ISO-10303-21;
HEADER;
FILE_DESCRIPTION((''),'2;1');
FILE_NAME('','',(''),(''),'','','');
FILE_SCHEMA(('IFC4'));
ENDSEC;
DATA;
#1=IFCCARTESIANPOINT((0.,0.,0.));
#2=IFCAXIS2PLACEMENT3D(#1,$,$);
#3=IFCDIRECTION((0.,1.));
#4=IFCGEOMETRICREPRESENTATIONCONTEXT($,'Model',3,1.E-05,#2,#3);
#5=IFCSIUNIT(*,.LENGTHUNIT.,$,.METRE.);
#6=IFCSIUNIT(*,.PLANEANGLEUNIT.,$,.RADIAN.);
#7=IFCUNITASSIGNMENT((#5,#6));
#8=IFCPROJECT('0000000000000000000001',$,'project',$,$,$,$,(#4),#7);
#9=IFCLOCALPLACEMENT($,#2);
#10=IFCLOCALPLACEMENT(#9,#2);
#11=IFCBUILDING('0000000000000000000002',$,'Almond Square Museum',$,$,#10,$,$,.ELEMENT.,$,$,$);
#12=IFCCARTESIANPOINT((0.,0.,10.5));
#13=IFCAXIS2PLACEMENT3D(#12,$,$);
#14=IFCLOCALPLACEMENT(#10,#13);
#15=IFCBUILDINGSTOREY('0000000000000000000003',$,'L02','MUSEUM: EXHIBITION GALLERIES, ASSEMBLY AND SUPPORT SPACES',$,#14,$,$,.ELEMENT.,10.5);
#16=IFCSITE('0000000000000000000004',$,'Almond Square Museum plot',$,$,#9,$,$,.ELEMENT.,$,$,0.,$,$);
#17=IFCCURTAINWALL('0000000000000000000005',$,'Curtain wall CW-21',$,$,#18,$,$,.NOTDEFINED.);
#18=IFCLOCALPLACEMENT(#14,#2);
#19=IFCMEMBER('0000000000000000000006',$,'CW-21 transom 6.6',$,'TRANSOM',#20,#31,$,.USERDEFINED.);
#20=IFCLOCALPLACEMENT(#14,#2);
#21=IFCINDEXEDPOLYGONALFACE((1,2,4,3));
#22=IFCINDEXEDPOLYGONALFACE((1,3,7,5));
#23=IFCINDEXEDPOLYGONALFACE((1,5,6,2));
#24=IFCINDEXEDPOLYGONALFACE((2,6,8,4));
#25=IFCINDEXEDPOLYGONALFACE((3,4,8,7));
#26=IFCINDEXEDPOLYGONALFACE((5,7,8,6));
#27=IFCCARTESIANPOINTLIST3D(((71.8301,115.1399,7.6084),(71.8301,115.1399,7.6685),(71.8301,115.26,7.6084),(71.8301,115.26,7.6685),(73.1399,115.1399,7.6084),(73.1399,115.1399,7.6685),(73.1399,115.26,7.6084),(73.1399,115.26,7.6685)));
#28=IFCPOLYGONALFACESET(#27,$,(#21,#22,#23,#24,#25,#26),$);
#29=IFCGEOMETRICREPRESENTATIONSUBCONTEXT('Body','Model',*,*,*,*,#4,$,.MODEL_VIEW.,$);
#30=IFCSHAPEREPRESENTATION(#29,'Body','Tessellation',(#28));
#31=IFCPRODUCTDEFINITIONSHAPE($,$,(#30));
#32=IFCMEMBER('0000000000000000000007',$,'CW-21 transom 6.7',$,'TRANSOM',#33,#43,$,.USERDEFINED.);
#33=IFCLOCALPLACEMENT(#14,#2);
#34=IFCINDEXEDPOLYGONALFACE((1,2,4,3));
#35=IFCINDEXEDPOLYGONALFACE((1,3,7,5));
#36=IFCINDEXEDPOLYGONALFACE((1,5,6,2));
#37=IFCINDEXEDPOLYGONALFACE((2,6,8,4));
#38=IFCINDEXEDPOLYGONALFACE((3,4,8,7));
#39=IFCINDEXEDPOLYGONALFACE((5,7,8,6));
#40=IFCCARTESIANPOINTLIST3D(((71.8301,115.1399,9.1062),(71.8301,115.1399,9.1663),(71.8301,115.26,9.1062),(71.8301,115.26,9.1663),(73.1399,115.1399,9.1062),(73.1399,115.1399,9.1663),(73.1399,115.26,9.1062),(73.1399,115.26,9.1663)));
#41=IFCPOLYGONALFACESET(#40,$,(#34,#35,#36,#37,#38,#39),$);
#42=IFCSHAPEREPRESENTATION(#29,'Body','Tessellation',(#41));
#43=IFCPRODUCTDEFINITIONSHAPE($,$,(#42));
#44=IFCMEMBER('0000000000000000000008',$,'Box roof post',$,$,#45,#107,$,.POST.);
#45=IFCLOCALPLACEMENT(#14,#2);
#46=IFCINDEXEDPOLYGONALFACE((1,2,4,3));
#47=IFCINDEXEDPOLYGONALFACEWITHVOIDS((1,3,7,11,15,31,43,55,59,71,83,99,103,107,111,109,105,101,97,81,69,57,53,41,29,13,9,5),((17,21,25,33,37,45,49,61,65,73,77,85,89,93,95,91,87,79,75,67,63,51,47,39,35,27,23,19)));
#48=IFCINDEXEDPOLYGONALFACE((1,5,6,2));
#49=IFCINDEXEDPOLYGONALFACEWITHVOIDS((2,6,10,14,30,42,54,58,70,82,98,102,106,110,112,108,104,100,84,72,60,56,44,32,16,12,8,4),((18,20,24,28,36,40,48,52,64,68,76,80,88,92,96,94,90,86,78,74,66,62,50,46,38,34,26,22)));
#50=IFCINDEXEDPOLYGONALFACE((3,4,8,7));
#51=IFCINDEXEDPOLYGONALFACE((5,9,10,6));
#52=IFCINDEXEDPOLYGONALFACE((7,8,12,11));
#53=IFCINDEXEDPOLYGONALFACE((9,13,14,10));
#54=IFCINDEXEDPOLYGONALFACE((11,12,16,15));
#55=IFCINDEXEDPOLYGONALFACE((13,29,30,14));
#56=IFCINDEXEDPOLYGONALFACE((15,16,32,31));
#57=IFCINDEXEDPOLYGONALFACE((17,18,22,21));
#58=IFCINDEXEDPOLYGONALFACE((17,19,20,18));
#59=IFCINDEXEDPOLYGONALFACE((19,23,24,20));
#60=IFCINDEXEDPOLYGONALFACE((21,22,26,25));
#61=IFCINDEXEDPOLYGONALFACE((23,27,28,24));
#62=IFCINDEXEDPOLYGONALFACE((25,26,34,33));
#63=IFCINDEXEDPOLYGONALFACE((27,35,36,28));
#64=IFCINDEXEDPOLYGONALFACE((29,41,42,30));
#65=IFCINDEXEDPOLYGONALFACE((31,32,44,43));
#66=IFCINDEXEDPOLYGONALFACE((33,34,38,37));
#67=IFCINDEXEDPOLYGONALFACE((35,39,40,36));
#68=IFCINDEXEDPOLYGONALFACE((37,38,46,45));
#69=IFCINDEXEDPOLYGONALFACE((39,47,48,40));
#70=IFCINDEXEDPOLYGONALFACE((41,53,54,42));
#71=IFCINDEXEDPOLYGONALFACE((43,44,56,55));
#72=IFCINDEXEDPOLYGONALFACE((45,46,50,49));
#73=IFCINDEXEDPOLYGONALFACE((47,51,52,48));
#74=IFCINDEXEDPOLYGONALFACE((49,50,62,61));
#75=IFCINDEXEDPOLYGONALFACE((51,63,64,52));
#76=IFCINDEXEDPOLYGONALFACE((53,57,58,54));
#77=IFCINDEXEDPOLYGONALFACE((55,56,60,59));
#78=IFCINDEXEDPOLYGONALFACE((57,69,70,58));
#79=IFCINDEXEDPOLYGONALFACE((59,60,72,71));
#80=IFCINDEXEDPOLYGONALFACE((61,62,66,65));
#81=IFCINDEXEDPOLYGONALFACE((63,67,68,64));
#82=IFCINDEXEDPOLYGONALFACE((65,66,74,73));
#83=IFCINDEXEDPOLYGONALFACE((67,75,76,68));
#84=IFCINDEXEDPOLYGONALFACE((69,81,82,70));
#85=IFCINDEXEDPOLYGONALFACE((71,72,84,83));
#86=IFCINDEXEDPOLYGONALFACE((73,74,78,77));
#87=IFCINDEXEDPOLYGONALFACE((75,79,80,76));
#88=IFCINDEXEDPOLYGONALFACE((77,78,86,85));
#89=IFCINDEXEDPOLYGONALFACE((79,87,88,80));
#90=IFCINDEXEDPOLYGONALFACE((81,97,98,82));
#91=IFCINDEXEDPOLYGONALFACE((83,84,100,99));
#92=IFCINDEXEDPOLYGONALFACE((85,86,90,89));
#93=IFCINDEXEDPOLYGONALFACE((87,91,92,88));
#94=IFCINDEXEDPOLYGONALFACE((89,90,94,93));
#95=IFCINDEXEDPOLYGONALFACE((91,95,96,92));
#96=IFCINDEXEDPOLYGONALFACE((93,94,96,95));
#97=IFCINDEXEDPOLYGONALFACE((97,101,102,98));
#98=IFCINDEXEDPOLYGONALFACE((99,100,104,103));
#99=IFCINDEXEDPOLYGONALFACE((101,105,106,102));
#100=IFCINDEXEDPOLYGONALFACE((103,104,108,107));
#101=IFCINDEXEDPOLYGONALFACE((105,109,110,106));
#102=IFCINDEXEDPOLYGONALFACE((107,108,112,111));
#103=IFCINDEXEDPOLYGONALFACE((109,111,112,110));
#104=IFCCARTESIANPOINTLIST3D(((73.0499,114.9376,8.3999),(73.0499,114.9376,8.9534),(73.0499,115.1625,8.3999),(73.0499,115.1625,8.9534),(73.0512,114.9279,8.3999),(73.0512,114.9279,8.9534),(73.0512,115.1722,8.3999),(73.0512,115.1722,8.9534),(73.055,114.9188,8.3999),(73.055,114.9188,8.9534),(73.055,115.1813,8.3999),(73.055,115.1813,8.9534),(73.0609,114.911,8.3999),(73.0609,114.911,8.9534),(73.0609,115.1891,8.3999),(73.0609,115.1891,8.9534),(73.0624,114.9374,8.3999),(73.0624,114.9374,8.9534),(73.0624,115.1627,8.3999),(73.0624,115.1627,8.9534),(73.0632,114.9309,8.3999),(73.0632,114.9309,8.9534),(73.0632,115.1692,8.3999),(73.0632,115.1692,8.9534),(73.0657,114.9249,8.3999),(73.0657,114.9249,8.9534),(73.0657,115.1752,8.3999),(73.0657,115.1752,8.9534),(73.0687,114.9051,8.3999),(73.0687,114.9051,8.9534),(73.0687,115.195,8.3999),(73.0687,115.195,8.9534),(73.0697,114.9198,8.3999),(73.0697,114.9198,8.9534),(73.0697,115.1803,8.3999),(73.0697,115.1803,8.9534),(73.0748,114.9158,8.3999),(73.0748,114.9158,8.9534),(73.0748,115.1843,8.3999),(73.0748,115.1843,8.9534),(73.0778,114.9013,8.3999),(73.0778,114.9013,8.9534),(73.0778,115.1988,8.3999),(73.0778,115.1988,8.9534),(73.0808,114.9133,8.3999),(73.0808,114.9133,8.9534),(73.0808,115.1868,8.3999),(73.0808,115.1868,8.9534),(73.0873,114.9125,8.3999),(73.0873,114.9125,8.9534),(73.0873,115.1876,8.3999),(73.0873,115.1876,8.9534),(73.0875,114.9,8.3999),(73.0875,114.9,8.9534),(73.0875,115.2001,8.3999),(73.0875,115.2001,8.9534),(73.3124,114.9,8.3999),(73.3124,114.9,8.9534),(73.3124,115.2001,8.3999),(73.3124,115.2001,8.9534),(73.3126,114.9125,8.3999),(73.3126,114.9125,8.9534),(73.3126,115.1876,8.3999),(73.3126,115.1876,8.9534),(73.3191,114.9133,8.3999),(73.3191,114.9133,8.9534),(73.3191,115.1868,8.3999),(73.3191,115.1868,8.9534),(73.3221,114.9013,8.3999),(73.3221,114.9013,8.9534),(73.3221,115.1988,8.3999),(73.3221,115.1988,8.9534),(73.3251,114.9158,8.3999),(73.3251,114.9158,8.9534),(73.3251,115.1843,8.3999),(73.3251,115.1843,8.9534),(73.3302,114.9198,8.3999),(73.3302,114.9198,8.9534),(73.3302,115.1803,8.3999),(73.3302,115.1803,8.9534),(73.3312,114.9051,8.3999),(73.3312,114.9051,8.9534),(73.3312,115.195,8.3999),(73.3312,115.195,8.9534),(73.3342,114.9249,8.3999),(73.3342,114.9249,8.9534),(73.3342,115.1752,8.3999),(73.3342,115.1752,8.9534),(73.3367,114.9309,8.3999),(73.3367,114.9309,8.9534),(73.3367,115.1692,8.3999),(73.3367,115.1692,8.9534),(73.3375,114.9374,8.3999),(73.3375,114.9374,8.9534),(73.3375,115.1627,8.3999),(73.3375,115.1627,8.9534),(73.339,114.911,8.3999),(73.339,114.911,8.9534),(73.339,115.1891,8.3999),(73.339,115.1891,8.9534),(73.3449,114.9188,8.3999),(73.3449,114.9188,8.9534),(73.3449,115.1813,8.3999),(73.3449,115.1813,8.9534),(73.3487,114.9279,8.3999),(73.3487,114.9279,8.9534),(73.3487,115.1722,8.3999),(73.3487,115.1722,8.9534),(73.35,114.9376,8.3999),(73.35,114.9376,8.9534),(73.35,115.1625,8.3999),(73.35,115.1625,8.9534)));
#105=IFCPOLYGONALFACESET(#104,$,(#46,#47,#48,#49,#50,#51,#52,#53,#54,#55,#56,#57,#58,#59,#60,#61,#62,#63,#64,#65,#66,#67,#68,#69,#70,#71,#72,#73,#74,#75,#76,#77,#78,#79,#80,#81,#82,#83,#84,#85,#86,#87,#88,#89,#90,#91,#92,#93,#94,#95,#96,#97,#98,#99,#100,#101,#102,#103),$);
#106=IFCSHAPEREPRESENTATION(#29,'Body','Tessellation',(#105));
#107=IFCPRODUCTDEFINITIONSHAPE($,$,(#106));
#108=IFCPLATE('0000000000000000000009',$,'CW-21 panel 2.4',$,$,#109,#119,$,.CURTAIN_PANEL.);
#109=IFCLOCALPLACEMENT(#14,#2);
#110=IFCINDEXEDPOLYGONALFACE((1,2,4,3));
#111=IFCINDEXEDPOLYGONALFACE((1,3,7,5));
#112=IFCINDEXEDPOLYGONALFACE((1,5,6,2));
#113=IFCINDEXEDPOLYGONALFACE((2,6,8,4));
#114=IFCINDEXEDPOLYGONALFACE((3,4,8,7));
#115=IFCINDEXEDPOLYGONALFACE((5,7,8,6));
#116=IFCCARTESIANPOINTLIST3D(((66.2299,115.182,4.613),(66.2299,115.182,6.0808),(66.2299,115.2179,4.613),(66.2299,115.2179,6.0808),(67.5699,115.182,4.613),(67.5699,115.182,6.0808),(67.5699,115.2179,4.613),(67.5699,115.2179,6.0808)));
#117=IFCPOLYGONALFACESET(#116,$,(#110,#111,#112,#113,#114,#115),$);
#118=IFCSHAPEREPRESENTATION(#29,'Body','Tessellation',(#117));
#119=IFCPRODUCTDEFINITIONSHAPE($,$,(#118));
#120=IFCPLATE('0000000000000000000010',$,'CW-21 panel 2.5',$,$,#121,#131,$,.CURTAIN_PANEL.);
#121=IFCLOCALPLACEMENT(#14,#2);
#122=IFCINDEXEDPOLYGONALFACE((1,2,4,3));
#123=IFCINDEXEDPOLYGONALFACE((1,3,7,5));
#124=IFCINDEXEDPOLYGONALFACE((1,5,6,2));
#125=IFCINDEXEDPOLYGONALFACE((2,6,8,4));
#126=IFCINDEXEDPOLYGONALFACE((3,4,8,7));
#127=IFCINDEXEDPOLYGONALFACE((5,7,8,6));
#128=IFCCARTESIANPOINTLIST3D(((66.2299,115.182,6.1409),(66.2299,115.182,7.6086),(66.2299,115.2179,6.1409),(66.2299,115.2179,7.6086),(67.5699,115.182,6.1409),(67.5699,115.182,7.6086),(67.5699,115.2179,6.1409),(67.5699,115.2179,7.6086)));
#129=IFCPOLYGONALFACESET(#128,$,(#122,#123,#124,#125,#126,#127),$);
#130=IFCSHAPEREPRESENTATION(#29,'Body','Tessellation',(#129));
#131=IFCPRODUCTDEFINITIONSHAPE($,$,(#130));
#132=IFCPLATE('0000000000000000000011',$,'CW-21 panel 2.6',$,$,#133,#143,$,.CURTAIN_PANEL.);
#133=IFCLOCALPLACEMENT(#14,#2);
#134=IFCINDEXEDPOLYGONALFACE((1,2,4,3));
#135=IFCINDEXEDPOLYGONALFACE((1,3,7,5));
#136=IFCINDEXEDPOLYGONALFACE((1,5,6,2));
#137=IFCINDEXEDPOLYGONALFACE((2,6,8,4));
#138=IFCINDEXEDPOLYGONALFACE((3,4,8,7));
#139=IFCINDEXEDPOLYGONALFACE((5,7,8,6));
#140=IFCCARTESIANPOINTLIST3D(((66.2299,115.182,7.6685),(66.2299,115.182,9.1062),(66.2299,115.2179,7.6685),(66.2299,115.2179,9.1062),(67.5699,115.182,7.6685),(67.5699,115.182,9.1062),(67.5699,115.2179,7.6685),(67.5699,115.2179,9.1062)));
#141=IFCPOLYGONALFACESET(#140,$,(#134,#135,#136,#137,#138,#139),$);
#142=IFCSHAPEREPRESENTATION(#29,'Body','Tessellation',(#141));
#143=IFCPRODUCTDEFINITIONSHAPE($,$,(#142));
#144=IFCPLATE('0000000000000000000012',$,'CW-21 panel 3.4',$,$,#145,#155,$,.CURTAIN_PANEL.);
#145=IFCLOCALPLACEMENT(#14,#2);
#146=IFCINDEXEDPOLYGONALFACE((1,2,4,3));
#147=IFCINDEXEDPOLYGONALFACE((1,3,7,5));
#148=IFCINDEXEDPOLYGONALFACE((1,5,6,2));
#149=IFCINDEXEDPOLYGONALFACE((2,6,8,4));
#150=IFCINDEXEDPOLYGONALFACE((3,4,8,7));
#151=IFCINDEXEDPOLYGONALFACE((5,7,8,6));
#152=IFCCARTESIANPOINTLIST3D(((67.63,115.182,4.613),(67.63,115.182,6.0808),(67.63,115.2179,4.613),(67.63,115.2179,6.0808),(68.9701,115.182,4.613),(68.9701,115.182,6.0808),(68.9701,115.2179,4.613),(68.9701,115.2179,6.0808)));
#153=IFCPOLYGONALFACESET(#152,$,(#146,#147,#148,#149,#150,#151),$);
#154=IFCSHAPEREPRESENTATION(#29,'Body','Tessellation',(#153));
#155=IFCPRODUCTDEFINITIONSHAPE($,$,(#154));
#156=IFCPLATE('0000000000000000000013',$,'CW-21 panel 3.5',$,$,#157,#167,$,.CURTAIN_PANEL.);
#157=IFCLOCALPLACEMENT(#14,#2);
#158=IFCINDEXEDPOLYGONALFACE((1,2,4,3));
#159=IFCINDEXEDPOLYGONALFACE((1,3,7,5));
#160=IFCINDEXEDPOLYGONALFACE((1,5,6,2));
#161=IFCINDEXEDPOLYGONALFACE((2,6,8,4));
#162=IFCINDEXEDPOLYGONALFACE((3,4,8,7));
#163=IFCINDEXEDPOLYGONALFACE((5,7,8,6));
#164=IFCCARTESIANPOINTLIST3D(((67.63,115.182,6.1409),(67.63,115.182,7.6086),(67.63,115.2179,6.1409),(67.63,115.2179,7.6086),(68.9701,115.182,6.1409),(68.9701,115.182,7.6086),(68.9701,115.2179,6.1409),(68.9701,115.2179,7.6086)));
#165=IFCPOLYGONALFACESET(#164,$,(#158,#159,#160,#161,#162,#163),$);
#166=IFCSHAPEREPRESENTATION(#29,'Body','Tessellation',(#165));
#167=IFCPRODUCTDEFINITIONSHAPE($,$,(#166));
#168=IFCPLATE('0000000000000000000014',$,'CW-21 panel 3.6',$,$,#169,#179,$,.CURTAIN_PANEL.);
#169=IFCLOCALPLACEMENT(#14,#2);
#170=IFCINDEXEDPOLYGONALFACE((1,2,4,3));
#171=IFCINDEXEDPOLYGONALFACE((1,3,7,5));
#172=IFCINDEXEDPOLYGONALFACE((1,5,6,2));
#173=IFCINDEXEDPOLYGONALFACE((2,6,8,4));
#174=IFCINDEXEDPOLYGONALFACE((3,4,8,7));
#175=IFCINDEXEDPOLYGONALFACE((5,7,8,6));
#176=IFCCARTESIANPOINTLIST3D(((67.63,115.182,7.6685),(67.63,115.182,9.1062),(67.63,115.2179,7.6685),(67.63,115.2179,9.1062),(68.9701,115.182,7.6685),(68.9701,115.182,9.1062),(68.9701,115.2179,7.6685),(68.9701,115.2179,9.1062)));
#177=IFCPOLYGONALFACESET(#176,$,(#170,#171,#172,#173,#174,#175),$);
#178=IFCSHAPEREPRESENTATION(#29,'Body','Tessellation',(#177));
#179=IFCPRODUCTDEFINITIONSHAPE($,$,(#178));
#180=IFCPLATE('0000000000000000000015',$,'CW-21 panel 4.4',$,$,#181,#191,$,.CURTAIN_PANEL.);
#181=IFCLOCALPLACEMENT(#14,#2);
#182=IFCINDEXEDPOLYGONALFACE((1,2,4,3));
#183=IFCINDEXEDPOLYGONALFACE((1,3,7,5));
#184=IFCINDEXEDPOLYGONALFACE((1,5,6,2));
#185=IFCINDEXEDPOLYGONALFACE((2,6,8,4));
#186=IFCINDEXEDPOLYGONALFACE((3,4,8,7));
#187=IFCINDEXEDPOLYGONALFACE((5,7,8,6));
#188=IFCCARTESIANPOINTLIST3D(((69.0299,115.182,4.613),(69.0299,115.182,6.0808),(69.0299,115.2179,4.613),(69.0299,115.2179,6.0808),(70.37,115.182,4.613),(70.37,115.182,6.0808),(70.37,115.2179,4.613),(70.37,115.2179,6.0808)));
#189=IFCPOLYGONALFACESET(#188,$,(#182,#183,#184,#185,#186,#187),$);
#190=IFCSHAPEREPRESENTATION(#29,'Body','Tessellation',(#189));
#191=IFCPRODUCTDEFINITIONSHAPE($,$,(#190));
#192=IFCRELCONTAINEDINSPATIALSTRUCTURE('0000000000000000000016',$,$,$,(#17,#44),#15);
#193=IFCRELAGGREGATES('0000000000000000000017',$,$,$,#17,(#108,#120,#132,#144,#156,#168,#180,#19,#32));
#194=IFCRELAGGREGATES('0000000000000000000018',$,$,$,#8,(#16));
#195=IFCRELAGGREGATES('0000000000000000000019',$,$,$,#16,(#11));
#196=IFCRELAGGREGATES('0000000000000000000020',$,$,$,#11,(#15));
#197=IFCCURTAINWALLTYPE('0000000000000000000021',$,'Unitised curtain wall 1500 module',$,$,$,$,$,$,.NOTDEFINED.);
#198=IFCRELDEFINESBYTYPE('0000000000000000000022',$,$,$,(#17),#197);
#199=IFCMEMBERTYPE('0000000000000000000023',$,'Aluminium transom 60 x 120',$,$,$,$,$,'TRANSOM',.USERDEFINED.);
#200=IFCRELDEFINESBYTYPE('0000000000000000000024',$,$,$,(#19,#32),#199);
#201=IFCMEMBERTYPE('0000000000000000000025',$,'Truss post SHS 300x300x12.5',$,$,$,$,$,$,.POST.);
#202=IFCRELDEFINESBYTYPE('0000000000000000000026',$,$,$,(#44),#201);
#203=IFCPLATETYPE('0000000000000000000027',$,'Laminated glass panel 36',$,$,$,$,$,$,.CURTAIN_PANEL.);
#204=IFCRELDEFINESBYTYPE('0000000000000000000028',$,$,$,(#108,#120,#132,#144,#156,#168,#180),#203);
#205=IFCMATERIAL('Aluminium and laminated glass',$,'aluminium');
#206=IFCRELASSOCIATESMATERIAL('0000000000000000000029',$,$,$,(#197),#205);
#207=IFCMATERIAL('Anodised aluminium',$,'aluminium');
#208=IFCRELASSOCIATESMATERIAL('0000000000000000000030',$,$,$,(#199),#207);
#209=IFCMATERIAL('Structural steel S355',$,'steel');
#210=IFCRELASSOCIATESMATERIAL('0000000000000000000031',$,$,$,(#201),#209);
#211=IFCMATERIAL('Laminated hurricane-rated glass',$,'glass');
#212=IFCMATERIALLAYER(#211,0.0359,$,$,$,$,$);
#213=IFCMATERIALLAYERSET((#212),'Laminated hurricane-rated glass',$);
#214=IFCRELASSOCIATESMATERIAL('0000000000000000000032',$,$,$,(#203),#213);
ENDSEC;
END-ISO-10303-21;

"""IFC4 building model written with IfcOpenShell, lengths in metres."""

from ifc_helpers import new_model, si_unit, direction, frame, origin, origin_2d, place, context, subcontext, project, spatial, rectangle, hollow_rectangle, extrude, material, layer, layer_set, material_profile, profile_set, type_object, element, aggregate, save


model = new_model("IFC4")

# Units and contexts
model_context = context("Model", 3, precision=1e-05, world=origin(), true_north=direction((0.0, 1.0)))
body_context = subcontext(model_context, "Body", "Model", "MODEL_VIEW")
ifc_project = project(units=[si_unit("LENGTHUNIT", "METRE"), si_unit("PLANEANGLEUNIT", "RADIAN")], contexts=[model_context])

# Site, building, storey
site_placement = place(None, origin())
site = spatial("IfcSite", under=ifc_project, at=site_placement, Name="Almond Square Museum plot", CompositionType="ELEMENT", RefElevation=0.0)
building_placement = place(site_placement, origin())
building = spatial("IfcBuilding", under=site, at=building_placement, Name="Almond Square Museum", CompositionType="ELEMENT")
storey_placement = place(building_placement, frame((0.0, 0.0, 10.5)))
storey = spatial("IfcBuildingStorey", under=building, at=storey_placement, Name="L02", Description="MUSEUM: EXHIBITION GALLERIES, ASSEMBLY AND SUPPORT SPACES", CompositionType="ELEMENT", Elevation=10.5)

# Curtain wall, members
ifc_material_1 = material(Name="Aluminium and laminated glass", Category="aluminium")
curtain_wall_type = type_object("IfcCurtainWallType", Name="Unitised curtain wall 1500 module", PredefinedType="NOTDEFINED", material=ifc_material_1)
curtain_wall_placement = place(storey_placement, origin())
curtain_wall = element("IfcCurtainWall", 1, at=curtain_wall_placement, inside=storey, type_object=curtain_wall_type, Name="Curtain wall CW-21", PredefinedType="NOTDEFINED")
ifc_material_2 = material(Name="Anodised aluminium", Category="aluminium")
ifc_material_profile_1 = material_profile(ifc_material_2, rectangle(XDim=0.1201, YDim=0.0601, at=origin_2d()))
ifc_profile_set_1 = profile_set([ifc_material_profile_1], Name="Anodised aluminium")
member_type_1 = type_object("IfcMemberType", Name="Aluminium transom 60 x 120", ElementType="TRANSOM", PredefinedType="USERDEFINED", material=ifc_profile_set_1)
member_1_placement = place(storey_placement, frame((71.8301, 115.2, 7.6384), z_axis=(1.0, 0.0, 0.0), x_axis=(0.0, 1.0, 0.0)))
member_1 = element("IfcMember", 2, at=member_1_placement, type_object=member_type_1, Name="CW-21 transom 6.6", ObjectType="TRANSOM", PredefinedType="USERDEFINED", context=body_context, shape_type="SweptSolid", body=[
    extrude(rectangle(XDim=0.1201, YDim=0.0601, at=origin_2d()), origin(), (0.0, 0.0, 1.0), 1.3098),
])
member_2_placement = place(storey_placement, frame((71.8301, 115.2, 9.1362), z_axis=(1.0, 0.0, 0.0), x_axis=(0.0, 1.0, 0.0)))
member_2 = element("IfcMember", 3, at=member_2_placement, type_object=member_type_1, Name="CW-21 transom 6.7", ObjectType="TRANSOM", PredefinedType="USERDEFINED", context=body_context, shape_type="SweptSolid", body=[
    extrude(rectangle(XDim=0.1201, YDim=0.0601, at=origin_2d()), origin(), (0.0, 0.0, 1.0), 1.3098),
])

# Member
ifc_material_3 = material(Name="Structural steel S355", Category="steel")
ifc_material_profile_2 = material_profile(ifc_material_3, hollow_rectangle(XDim=0.3, YDim=0.3, WallThickness=0.0125, InnerFilletRadius=0.0249, OuterFilletRadius=0.0376, at=origin_2d()))
ifc_profile_set_2 = profile_set([ifc_material_profile_2], Name="Structural steel S355")
member_type_2 = type_object("IfcMemberType", Name="Truss post SHS 300x300x12.5", PredefinedType="POST", material=ifc_profile_set_2)
member_3_placement = place(storey_placement, frame((73.2, 115.05, 8.3999), z_axis=(0.0, 0.0, 1.0), x_axis=(1.0, 0.0, 0.0)))
element("IfcMember", 4, at=member_3_placement, inside=storey, type_object=member_type_2, Name="Box roof post", PredefinedType="POST", context=body_context, shape_type="SweptSolid", body=[
    extrude(hollow_rectangle(XDim=0.3, YDim=0.3, WallThickness=0.0125, InnerFilletRadius=0.0249, OuterFilletRadius=0.0376, at=origin_2d()), origin(), (0.0, 0.0, 1.0), 0.5535),
])

# Plates
ifc_material_4 = material(Name="Laminated hurricane-rated glass", Category="glass")
ifc_layer = layer(ifc_material_4, 0.0359)
ifc_layer_set = layer_set([ifc_layer], Name="Laminated hurricane-rated glass")
plate_type = type_object("IfcPlateType", Name="Laminated glass panel 36", PredefinedType="CURTAIN_PANEL", material=ifc_layer_set)
plate_1_placement = place(storey_placement, frame((66.8999, 115.2, 4.613), z_axis=(0.0, 0.0, 1.0), x_axis=(1.0, 0.0, 0.0)))
plate_1 = element("IfcPlate", 5, at=plate_1_placement, type_object=plate_type, Name="CW-21 panel 2.4", PredefinedType="CURTAIN_PANEL", context=body_context, shape_type="SweptSolid", body=[
    extrude(rectangle(XDim=1.3401, YDim=0.0359, at=origin_2d()), origin(), (0.0, 0.0, 1.0), 1.4678),
])
plate_2_placement = place(storey_placement, frame((66.8999, 115.2, 6.1409), z_axis=(0.0, 0.0, 1.0), x_axis=(1.0, 0.0, 0.0)))
plate_2 = element("IfcPlate", 6, at=plate_2_placement, type_object=plate_type, Name="CW-21 panel 2.5", PredefinedType="CURTAIN_PANEL", context=body_context, shape_type="SweptSolid", body=[
    extrude(rectangle(XDim=1.3401, YDim=0.0359, at=origin_2d()), origin(), (0.0, 0.0, 1.0), 1.4678),
])
plate_3_placement = place(storey_placement, frame((66.8999, 115.2, 7.6685), z_axis=(0.0, 0.0, 1.0), x_axis=(1.0, 0.0, 0.0)))
plate_3 = element("IfcPlate", 7, at=plate_3_placement, type_object=plate_type, Name="CW-21 panel 2.6", PredefinedType="CURTAIN_PANEL", context=body_context, shape_type="SweptSolid", body=[
    extrude(rectangle(XDim=1.3401, YDim=0.0359, at=origin_2d()), origin(), (0.0, 0.0, 1.0), 1.4377),
])
plate_4_placement = place(storey_placement, frame((68.3, 115.2, 4.613), z_axis=(0.0, 0.0, 1.0), x_axis=(1.0, 0.0, 0.0)))
plate_4 = element("IfcPlate", 8, at=plate_4_placement, type_object=plate_type, Name="CW-21 panel 3.4", PredefinedType="CURTAIN_PANEL", context=body_context, shape_type="SweptSolid", body=[
    extrude(rectangle(XDim=1.3401, YDim=0.0359, at=origin_2d()), origin(), (0.0, 0.0, 1.0), 1.4678),
])
plate_5_placement = place(storey_placement, frame((68.3, 115.2, 6.1409), z_axis=(0.0, 0.0, 1.0), x_axis=(1.0, 0.0, 0.0)))
plate_5 = element("IfcPlate", 9, at=plate_5_placement, type_object=plate_type, Name="CW-21 panel 3.5", PredefinedType="CURTAIN_PANEL", context=body_context, shape_type="SweptSolid", body=[
    extrude(rectangle(XDim=1.3401, YDim=0.0359, at=origin_2d()), origin(), (0.0, 0.0, 1.0), 1.4678),
])
plate_6_placement = place(storey_placement, frame((68.3, 115.2, 7.6685), z_axis=(0.0, 0.0, 1.0), x_axis=(1.0, 0.0, 0.0)))
plate_6 = element("IfcPlate", 10, at=plate_6_placement, type_object=plate_type, Name="CW-21 panel 3.6", PredefinedType="CURTAIN_PANEL", context=body_context, shape_type="SweptSolid", body=[
    extrude(rectangle(XDim=1.3401, YDim=0.0359, at=origin_2d()), origin(), (0.0, 0.0, 1.0), 1.4377),
])
plate_7_placement = place(storey_placement, frame((69.7, 115.2, 4.613), z_axis=(0.0, 0.0, 1.0), x_axis=(1.0, 0.0, 0.0)))
plate_7 = element("IfcPlate", 11, at=plate_7_placement, type_object=plate_type, Name="CW-21 panel 4.4", PredefinedType="CURTAIN_PANEL", context=body_context, shape_type="SweptSolid", body=[
    extrude(rectangle(XDim=1.3401, YDim=0.0359, at=origin_2d()), origin(), (0.0, 0.0, 1.0), 1.4678),
])
aggregate(curtain_wall, [plate_1, plate_2, plate_3, plate_4, plate_5, plate_6, plate_7, member_1, member_2])

save(model, "model.ifc")
